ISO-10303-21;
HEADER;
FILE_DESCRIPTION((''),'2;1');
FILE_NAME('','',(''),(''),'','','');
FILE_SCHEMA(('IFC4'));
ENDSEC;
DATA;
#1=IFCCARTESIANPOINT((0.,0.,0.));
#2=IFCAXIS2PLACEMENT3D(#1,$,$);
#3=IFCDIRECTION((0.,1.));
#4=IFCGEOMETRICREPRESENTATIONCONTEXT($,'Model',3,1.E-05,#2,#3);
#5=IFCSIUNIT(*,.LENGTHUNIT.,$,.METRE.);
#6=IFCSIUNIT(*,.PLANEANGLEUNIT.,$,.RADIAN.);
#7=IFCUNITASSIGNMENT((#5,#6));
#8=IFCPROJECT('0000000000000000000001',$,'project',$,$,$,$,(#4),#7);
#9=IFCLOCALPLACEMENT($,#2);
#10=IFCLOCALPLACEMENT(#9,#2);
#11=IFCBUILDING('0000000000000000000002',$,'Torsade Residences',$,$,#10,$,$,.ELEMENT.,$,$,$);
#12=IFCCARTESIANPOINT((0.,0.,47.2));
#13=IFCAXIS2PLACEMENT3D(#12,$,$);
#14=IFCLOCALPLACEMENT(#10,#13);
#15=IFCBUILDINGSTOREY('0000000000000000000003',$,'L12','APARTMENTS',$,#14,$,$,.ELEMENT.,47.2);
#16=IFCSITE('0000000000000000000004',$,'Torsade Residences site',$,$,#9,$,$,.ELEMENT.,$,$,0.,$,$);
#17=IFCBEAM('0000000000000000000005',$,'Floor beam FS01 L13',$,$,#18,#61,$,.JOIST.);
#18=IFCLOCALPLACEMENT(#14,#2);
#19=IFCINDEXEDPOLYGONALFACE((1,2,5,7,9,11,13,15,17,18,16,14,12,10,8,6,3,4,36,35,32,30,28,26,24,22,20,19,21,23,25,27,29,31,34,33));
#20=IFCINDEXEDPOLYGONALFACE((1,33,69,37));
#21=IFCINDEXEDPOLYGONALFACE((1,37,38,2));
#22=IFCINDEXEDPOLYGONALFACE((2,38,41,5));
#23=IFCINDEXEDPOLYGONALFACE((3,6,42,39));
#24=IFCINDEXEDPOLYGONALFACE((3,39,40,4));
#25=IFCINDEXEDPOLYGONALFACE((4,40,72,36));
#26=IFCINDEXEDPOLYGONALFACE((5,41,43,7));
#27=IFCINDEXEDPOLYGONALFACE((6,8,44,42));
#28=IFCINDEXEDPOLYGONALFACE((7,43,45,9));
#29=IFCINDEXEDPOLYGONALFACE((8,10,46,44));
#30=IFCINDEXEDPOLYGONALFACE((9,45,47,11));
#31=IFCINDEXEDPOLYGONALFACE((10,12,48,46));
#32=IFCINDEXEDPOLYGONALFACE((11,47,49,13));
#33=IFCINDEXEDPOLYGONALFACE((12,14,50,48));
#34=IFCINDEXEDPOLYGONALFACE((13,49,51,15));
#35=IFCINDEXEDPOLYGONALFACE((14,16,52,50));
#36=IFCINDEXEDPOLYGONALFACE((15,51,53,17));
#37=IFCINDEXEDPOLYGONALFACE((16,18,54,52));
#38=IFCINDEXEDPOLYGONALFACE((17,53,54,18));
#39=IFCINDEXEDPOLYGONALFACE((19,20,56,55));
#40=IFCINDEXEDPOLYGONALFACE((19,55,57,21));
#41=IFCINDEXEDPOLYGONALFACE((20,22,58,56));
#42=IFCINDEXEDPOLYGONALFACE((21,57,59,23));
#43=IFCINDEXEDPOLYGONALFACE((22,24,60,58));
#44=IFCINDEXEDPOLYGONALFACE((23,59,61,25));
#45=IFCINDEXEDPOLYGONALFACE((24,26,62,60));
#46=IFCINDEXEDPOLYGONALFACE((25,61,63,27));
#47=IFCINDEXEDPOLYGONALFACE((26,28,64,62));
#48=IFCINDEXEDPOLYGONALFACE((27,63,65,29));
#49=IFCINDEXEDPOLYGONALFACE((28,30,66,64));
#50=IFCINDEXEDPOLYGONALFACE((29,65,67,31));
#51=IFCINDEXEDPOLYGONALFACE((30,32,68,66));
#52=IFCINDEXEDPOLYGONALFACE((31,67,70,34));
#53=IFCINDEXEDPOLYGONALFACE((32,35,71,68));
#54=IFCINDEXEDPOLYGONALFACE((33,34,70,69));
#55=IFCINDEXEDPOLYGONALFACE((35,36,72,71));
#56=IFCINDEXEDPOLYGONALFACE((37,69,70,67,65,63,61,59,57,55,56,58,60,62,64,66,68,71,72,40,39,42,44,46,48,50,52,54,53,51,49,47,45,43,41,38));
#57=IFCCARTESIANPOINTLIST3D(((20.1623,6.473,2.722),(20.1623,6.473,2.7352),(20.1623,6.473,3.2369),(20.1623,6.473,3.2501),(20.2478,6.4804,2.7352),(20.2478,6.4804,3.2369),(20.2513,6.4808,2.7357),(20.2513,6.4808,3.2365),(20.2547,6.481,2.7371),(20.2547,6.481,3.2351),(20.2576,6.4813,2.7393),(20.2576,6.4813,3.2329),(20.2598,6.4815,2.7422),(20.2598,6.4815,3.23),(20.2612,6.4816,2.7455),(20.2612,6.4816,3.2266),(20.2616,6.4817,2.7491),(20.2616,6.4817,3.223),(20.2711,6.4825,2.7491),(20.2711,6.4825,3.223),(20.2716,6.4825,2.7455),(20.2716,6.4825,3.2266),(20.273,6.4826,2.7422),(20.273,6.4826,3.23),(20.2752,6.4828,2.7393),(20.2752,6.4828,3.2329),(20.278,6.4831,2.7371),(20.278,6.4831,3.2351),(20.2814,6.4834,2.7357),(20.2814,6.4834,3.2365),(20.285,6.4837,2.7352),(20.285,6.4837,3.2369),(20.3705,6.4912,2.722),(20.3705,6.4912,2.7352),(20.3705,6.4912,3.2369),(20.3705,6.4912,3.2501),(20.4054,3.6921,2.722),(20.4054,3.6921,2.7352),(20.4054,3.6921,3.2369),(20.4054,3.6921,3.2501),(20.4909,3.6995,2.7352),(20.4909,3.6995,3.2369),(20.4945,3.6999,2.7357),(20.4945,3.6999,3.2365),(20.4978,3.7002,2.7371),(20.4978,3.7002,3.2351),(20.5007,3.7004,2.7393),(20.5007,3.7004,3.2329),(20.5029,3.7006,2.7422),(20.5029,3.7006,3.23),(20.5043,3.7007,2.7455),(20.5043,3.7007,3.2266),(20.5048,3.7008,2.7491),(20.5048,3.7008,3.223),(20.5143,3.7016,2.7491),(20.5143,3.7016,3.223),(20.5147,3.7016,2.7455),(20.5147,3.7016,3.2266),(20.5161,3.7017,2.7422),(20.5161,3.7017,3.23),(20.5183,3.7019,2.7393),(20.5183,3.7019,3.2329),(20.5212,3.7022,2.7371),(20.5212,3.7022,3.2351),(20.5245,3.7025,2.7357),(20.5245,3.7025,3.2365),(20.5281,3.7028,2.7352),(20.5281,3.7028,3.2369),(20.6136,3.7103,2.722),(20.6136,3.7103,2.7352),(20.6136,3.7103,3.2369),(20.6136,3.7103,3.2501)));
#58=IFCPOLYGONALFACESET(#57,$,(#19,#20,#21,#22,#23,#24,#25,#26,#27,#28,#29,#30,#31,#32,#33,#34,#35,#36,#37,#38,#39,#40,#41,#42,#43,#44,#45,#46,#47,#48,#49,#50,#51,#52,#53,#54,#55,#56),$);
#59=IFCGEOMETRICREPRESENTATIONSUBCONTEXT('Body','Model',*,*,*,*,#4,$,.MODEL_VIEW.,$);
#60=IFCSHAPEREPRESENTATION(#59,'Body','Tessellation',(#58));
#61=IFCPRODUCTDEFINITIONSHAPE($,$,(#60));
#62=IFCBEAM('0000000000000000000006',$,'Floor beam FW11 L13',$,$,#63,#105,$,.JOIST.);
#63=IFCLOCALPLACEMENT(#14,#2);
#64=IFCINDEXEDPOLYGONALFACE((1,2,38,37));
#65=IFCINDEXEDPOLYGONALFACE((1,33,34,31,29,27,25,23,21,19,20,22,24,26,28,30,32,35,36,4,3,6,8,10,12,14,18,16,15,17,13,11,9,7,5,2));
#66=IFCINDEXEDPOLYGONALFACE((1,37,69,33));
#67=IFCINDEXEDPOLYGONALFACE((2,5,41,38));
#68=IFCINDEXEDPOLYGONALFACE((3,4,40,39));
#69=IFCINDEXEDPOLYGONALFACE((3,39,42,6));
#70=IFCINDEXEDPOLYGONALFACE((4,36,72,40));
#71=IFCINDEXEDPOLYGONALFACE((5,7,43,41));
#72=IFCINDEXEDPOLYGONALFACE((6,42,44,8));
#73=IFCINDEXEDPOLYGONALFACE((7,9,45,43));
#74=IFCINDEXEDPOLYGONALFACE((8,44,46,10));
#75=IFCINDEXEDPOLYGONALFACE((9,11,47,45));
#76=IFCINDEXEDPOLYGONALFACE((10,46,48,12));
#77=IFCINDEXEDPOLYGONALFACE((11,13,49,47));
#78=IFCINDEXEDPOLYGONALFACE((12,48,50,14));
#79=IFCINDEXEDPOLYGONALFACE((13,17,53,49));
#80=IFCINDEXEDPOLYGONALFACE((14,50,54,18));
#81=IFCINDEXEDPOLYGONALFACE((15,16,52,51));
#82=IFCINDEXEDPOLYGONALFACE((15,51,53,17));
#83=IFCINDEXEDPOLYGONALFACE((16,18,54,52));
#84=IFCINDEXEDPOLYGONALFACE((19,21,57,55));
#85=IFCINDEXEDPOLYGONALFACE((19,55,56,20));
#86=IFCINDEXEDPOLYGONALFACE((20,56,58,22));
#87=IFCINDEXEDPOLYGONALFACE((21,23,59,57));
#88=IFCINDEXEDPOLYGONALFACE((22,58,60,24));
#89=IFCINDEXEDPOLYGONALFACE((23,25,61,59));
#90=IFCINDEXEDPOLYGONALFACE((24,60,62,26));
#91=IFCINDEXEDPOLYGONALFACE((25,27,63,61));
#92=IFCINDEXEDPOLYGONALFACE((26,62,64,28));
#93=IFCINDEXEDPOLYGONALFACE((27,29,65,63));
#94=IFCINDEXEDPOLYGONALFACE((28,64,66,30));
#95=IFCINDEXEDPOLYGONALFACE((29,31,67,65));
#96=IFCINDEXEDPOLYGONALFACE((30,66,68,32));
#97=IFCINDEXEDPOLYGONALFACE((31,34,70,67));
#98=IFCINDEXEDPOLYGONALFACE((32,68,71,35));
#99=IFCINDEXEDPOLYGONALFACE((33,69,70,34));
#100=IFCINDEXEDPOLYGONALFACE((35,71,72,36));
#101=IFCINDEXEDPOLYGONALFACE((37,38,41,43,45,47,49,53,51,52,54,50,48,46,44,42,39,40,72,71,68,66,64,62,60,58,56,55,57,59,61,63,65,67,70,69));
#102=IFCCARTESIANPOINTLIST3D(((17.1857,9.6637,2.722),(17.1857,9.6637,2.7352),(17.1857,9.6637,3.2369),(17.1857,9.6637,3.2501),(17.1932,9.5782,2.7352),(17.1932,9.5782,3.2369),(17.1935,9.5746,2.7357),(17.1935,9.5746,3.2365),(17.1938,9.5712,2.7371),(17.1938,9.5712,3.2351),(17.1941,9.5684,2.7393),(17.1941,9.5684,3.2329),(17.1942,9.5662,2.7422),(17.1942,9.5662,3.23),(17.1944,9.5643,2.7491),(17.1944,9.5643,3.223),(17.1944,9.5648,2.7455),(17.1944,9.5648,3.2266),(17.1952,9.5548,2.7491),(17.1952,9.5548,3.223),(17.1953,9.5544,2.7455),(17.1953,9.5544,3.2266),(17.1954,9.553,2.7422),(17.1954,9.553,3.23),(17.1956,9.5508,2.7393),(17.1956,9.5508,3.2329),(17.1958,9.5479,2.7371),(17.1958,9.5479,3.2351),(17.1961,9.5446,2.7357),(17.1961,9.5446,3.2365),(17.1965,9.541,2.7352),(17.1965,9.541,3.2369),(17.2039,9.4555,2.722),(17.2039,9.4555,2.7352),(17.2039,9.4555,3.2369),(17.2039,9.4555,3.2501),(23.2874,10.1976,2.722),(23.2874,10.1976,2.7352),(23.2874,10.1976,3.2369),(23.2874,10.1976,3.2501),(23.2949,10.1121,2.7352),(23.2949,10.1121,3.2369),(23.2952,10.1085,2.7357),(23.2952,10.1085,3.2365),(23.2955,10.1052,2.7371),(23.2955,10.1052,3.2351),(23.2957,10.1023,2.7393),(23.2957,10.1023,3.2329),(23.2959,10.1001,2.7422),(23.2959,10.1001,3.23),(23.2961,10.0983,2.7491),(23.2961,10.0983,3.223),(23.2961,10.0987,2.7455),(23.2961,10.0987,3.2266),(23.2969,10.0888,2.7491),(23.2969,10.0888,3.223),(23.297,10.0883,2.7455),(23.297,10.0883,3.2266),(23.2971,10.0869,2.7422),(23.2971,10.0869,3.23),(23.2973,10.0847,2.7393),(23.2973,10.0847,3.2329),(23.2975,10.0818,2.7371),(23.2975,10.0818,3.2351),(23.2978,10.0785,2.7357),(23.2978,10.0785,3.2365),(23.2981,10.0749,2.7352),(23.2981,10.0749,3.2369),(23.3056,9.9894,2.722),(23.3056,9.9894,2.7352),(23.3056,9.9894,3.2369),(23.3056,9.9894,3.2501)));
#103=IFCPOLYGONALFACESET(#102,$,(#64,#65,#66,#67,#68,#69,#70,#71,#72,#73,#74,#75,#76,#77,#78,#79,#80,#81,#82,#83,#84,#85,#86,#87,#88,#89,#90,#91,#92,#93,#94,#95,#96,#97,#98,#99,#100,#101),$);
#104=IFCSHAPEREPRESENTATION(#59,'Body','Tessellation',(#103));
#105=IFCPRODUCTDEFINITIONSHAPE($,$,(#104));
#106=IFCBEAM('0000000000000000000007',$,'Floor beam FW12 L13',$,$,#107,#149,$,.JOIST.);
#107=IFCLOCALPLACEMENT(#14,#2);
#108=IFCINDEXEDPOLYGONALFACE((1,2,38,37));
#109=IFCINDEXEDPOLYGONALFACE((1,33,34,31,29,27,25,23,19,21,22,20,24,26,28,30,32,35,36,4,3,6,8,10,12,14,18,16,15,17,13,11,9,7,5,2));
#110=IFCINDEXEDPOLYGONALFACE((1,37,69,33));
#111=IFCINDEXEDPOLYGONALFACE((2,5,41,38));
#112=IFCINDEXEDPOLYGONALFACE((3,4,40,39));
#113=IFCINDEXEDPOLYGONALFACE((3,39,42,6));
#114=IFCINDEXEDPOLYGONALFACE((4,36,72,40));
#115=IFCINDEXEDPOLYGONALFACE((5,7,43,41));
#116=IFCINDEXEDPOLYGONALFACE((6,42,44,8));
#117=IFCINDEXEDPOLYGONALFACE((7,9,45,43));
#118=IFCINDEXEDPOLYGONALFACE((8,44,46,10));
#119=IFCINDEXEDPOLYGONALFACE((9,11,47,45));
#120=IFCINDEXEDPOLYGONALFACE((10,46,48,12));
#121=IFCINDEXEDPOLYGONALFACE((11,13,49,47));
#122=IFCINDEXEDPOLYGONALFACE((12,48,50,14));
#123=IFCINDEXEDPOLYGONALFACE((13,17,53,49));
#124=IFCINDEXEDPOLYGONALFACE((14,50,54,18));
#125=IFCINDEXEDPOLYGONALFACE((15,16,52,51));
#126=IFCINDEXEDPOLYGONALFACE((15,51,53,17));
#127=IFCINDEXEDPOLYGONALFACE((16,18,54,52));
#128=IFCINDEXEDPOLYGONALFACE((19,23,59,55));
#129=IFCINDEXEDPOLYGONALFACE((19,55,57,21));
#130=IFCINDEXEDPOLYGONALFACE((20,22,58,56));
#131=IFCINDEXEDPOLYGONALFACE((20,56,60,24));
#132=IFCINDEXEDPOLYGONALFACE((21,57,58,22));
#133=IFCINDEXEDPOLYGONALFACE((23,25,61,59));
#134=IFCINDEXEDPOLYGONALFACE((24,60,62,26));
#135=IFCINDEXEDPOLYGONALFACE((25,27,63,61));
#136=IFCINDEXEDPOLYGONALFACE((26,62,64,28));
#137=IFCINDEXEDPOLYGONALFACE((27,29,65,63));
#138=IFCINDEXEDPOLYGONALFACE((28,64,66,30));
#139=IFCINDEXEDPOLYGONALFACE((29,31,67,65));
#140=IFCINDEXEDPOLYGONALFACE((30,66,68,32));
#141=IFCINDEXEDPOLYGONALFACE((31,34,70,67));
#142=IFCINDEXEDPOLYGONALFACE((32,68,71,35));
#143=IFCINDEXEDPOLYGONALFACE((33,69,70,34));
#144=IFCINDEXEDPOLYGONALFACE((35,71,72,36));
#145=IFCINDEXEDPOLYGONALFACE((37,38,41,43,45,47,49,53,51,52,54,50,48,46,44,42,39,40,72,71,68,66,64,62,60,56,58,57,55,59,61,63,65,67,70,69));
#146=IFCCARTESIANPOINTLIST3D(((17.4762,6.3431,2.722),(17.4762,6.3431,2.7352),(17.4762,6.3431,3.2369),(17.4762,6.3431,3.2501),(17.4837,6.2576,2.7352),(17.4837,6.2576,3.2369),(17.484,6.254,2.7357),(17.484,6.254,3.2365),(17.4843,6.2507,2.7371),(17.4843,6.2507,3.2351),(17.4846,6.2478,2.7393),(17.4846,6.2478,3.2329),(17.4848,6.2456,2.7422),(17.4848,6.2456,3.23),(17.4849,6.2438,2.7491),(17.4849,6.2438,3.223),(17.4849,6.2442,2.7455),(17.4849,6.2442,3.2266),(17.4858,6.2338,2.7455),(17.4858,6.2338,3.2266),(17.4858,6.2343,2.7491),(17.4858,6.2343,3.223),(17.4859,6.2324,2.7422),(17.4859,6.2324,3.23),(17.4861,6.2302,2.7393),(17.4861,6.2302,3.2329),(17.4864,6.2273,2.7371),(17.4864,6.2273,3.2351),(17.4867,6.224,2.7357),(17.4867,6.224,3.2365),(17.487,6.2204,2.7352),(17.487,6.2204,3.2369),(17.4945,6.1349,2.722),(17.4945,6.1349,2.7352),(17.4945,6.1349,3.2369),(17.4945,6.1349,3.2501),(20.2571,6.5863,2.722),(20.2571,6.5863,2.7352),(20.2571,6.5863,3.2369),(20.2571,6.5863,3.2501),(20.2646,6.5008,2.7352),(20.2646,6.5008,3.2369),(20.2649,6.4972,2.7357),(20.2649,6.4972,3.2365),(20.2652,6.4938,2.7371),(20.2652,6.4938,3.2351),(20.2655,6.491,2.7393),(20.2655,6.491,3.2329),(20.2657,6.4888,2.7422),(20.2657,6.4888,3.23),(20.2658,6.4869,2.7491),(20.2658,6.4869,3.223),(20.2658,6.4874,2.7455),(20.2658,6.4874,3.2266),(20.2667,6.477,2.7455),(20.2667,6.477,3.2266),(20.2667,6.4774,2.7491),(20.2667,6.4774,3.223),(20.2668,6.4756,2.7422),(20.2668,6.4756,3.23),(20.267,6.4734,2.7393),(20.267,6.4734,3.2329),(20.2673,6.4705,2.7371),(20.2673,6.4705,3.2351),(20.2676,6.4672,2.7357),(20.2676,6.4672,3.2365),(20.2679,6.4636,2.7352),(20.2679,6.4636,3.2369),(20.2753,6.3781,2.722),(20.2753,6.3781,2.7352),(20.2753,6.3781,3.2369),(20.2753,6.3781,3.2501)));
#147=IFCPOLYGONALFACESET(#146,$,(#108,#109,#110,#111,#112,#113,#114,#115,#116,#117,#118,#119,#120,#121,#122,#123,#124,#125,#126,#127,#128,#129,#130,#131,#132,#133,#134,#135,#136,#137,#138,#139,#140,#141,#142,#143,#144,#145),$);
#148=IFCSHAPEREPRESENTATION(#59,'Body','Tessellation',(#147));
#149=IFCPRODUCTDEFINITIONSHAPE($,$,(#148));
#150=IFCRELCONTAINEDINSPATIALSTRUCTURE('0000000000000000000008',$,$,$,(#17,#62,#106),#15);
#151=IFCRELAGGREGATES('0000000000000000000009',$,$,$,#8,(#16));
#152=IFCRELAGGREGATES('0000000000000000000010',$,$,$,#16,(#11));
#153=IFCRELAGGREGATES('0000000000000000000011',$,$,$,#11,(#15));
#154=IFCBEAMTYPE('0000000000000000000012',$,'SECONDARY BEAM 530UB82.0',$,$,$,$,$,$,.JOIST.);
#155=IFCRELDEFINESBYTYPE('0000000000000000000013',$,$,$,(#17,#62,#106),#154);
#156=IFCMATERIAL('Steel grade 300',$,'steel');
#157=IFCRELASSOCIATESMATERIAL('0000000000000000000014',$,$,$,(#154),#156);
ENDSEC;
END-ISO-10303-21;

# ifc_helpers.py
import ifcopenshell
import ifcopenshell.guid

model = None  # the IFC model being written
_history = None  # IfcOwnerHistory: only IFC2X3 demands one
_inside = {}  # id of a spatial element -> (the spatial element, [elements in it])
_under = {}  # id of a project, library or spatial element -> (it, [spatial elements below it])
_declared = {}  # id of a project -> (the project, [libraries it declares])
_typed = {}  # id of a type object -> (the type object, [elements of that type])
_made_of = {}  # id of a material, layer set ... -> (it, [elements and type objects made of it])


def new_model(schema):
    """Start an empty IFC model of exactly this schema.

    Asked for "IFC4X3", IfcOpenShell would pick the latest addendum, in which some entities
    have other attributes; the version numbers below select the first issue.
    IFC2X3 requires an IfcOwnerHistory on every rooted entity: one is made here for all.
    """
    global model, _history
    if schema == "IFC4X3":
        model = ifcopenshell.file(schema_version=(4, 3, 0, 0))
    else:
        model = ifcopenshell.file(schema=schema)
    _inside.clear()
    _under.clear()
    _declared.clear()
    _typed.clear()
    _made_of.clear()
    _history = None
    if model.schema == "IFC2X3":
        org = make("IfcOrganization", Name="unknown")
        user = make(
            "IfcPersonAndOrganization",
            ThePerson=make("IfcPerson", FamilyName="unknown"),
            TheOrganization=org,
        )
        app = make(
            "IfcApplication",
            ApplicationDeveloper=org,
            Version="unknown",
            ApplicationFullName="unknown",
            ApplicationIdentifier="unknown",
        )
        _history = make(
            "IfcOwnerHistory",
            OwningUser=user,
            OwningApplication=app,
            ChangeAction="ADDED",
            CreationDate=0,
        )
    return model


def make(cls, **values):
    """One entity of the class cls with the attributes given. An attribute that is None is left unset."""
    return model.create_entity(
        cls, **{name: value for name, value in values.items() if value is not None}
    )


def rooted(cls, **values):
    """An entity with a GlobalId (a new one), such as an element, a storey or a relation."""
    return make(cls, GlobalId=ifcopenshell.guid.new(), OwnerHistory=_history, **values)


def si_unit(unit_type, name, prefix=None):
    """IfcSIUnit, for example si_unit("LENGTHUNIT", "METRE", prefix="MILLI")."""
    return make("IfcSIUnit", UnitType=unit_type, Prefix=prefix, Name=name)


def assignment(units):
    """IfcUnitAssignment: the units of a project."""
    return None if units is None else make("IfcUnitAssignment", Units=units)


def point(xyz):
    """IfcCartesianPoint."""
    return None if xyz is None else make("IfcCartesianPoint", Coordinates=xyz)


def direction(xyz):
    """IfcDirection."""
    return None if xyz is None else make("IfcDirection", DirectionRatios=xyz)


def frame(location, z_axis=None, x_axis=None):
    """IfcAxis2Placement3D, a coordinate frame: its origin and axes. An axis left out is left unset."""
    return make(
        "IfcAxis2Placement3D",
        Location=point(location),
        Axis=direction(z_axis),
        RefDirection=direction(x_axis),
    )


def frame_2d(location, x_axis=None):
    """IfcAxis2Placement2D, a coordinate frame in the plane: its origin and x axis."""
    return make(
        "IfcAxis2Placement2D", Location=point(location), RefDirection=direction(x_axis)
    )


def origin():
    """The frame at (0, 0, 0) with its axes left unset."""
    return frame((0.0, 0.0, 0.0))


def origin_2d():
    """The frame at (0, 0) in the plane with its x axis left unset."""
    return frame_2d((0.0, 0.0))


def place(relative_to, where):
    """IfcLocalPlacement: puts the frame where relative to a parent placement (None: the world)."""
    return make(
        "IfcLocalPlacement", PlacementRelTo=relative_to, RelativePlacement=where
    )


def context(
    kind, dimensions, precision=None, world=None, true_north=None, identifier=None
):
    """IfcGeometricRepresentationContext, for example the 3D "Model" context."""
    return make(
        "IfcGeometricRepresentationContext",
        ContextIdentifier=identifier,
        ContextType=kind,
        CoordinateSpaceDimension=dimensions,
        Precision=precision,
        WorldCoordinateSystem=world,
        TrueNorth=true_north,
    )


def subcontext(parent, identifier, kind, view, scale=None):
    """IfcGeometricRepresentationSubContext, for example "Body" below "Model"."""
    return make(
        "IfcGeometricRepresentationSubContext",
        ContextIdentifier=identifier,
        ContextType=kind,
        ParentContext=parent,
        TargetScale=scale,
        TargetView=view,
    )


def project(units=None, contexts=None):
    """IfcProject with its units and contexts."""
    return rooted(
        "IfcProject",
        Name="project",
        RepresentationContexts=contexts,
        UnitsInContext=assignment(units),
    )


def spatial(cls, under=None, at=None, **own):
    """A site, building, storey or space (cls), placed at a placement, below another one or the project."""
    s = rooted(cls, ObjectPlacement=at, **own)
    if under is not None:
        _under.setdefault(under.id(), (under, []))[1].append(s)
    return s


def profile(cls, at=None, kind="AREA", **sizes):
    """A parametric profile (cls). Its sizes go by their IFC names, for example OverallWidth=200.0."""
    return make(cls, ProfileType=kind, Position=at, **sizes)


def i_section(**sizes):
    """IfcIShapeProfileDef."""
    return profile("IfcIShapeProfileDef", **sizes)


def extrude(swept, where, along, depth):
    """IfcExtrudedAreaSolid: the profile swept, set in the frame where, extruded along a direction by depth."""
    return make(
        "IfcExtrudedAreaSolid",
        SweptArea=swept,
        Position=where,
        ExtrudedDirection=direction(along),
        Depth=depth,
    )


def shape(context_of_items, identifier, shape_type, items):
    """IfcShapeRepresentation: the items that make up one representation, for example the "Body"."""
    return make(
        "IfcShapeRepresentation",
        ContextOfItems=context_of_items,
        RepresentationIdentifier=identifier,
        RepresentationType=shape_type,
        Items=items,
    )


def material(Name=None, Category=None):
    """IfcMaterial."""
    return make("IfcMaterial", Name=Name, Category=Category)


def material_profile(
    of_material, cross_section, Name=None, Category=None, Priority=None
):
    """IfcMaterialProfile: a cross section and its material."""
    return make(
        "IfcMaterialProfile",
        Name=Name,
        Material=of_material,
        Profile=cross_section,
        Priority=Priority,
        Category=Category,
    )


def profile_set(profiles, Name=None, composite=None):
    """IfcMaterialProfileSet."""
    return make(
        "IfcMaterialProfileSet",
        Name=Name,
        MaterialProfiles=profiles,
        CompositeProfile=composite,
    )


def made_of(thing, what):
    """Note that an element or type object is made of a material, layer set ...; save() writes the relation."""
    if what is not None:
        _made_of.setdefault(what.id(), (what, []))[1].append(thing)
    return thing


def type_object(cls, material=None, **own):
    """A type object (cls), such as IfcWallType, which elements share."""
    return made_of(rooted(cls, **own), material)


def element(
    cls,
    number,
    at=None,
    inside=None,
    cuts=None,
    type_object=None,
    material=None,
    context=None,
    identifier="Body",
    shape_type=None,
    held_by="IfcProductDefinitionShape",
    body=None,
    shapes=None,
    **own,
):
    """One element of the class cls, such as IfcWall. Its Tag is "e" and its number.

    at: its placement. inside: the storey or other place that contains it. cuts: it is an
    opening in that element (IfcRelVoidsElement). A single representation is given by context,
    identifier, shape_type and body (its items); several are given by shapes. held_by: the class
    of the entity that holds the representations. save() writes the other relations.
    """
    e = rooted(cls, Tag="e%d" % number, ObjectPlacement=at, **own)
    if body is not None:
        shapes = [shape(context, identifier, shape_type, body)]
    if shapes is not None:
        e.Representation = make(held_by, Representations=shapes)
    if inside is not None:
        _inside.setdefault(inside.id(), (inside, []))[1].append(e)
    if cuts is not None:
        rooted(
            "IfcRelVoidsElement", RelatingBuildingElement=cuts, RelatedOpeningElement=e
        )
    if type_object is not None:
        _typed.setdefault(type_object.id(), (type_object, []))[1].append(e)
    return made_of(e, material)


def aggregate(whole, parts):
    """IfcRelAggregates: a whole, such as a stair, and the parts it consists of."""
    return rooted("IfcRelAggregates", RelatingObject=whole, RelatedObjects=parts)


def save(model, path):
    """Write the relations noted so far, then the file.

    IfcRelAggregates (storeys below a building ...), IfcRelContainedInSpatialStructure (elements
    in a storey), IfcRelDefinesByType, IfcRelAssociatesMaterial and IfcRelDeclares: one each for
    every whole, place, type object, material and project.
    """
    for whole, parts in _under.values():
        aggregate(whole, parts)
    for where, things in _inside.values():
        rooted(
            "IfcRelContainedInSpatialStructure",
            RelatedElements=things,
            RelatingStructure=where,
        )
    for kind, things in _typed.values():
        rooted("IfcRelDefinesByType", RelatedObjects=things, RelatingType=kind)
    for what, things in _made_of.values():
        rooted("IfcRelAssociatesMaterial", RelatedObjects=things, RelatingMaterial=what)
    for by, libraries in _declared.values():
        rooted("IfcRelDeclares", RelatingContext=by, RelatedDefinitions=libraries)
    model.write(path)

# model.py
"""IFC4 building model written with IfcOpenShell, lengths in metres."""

from ifc_helpers import new_model, si_unit, direction, frame, origin, origin_2d, place, context, subcontext, project, spatial, i_section, extrude, material, material_profile, profile_set, type_object, element, save


model = new_model("IFC4")

# Units and contexts
model_context = context("Model", 3, precision=1e-05, world=origin(), true_north=direction((0.0, 1.0)))
body_context = subcontext(model_context, "Body", "Model", "MODEL_VIEW")
ifc_project = project(units=[si_unit("LENGTHUNIT", "METRE"), si_unit("PLANEANGLEUNIT", "RADIAN")], contexts=[model_context])

# Site, building, storey
site_placement = place(None, origin())
site = spatial("IfcSite", under=ifc_project, at=site_placement, Name="Torsade Residences site", CompositionType="ELEMENT", RefElevation=0.0)
building_placement = place(site_placement, origin())
building = spatial("IfcBuilding", under=site, at=building_placement, Name="Torsade Residences", CompositionType="ELEMENT")
storey_placement = place(building_placement, frame((0.0, 0.0, 47.2)))
storey = spatial("IfcBuildingStorey", under=building, at=storey_placement, Name="L12", Description="APARTMENTS", CompositionType="ELEMENT", Elevation=47.2)

# Beams
ifc_material_1 = material(Name="Steel grade 300", Category="steel")
ifc_material_profile_1 = material_profile(ifc_material_1, i_section(OverallWidth=0.209, OverallDepth=0.5281, WebThickness=0.0095, FlangeThickness=0.0132, FilletRadius=0.0139, at=origin_2d()), Name="530UB82.0")
ifc_profile_set_1 = profile_set([ifc_material_profile_1], Name="Steel grade 300")
beam_type_1 = type_object("IfcBeamType", Name="SECONDARY BEAM 530UB82.0", PredefinedType="JOIST", material=ifc_profile_set_1)
beam_1_placement = place(storey_placement, frame((20.5095, 3.7012, 2.9861), z_axis=(-0.087105, 0.996199, 0.0), x_axis=(-0.996199, -0.087105, 0.0)))
element("IfcBeam", 1, at=beam_1_placement, inside=storey, type_object=beam_type_1, Name="Floor beam FS01 L13", PredefinedType="JOIST", context=body_context, shape_type="SweptSolid", body=[
    extrude(i_section(OverallWidth=0.209, OverallDepth=0.5281, WebThickness=0.0095, FlangeThickness=0.0132, FilletRadius=0.0139, at=origin_2d()), origin(), (0.0, 0.0, 1.0), 2.7915),
])
beam_2_placement = place(storey_placement, frame((17.1948, 9.5596, 2.9861), z_axis=(0.996193, 0.087175, 0.0), x_axis=(-0.087175, 0.996193, 0.0)))
element("IfcBeam", 2, at=beam_2_placement, inside=storey, type_object=beam_type_1, Name="Floor beam FW11 L13", PredefinedType="JOIST", context=body_context, shape_type="SweptSolid", body=[
    extrude(i_section(OverallWidth=0.209, OverallDepth=0.5281, WebThickness=0.0095, FlangeThickness=0.0132, FilletRadius=0.0139, at=origin_2d()), origin(), (0.0, 0.0, 1.0), 6.125),
])
beam_3_placement = place(storey_placement, frame((17.4854, 6.239, 2.9861), z_axis=(0.996199, 0.087105, 0.0), x_axis=(-0.087105, 0.996199, 0.0)))
element("IfcBeam", 3, at=beam_3_placement, inside=storey, type_object=beam_type_1, Name="Floor beam FW12 L13", PredefinedType="JOIST", context=body_context, shape_type="SweptSolid", body=[
    extrude(i_section(OverallWidth=0.209, OverallDepth=0.5281, WebThickness=0.0095, FlangeThickness=0.0132, FilletRadius=0.0139, at=origin_2d()), origin(), (0.0, 0.0, 1.0), 2.7915),
])

save(model, "model.ifc")
